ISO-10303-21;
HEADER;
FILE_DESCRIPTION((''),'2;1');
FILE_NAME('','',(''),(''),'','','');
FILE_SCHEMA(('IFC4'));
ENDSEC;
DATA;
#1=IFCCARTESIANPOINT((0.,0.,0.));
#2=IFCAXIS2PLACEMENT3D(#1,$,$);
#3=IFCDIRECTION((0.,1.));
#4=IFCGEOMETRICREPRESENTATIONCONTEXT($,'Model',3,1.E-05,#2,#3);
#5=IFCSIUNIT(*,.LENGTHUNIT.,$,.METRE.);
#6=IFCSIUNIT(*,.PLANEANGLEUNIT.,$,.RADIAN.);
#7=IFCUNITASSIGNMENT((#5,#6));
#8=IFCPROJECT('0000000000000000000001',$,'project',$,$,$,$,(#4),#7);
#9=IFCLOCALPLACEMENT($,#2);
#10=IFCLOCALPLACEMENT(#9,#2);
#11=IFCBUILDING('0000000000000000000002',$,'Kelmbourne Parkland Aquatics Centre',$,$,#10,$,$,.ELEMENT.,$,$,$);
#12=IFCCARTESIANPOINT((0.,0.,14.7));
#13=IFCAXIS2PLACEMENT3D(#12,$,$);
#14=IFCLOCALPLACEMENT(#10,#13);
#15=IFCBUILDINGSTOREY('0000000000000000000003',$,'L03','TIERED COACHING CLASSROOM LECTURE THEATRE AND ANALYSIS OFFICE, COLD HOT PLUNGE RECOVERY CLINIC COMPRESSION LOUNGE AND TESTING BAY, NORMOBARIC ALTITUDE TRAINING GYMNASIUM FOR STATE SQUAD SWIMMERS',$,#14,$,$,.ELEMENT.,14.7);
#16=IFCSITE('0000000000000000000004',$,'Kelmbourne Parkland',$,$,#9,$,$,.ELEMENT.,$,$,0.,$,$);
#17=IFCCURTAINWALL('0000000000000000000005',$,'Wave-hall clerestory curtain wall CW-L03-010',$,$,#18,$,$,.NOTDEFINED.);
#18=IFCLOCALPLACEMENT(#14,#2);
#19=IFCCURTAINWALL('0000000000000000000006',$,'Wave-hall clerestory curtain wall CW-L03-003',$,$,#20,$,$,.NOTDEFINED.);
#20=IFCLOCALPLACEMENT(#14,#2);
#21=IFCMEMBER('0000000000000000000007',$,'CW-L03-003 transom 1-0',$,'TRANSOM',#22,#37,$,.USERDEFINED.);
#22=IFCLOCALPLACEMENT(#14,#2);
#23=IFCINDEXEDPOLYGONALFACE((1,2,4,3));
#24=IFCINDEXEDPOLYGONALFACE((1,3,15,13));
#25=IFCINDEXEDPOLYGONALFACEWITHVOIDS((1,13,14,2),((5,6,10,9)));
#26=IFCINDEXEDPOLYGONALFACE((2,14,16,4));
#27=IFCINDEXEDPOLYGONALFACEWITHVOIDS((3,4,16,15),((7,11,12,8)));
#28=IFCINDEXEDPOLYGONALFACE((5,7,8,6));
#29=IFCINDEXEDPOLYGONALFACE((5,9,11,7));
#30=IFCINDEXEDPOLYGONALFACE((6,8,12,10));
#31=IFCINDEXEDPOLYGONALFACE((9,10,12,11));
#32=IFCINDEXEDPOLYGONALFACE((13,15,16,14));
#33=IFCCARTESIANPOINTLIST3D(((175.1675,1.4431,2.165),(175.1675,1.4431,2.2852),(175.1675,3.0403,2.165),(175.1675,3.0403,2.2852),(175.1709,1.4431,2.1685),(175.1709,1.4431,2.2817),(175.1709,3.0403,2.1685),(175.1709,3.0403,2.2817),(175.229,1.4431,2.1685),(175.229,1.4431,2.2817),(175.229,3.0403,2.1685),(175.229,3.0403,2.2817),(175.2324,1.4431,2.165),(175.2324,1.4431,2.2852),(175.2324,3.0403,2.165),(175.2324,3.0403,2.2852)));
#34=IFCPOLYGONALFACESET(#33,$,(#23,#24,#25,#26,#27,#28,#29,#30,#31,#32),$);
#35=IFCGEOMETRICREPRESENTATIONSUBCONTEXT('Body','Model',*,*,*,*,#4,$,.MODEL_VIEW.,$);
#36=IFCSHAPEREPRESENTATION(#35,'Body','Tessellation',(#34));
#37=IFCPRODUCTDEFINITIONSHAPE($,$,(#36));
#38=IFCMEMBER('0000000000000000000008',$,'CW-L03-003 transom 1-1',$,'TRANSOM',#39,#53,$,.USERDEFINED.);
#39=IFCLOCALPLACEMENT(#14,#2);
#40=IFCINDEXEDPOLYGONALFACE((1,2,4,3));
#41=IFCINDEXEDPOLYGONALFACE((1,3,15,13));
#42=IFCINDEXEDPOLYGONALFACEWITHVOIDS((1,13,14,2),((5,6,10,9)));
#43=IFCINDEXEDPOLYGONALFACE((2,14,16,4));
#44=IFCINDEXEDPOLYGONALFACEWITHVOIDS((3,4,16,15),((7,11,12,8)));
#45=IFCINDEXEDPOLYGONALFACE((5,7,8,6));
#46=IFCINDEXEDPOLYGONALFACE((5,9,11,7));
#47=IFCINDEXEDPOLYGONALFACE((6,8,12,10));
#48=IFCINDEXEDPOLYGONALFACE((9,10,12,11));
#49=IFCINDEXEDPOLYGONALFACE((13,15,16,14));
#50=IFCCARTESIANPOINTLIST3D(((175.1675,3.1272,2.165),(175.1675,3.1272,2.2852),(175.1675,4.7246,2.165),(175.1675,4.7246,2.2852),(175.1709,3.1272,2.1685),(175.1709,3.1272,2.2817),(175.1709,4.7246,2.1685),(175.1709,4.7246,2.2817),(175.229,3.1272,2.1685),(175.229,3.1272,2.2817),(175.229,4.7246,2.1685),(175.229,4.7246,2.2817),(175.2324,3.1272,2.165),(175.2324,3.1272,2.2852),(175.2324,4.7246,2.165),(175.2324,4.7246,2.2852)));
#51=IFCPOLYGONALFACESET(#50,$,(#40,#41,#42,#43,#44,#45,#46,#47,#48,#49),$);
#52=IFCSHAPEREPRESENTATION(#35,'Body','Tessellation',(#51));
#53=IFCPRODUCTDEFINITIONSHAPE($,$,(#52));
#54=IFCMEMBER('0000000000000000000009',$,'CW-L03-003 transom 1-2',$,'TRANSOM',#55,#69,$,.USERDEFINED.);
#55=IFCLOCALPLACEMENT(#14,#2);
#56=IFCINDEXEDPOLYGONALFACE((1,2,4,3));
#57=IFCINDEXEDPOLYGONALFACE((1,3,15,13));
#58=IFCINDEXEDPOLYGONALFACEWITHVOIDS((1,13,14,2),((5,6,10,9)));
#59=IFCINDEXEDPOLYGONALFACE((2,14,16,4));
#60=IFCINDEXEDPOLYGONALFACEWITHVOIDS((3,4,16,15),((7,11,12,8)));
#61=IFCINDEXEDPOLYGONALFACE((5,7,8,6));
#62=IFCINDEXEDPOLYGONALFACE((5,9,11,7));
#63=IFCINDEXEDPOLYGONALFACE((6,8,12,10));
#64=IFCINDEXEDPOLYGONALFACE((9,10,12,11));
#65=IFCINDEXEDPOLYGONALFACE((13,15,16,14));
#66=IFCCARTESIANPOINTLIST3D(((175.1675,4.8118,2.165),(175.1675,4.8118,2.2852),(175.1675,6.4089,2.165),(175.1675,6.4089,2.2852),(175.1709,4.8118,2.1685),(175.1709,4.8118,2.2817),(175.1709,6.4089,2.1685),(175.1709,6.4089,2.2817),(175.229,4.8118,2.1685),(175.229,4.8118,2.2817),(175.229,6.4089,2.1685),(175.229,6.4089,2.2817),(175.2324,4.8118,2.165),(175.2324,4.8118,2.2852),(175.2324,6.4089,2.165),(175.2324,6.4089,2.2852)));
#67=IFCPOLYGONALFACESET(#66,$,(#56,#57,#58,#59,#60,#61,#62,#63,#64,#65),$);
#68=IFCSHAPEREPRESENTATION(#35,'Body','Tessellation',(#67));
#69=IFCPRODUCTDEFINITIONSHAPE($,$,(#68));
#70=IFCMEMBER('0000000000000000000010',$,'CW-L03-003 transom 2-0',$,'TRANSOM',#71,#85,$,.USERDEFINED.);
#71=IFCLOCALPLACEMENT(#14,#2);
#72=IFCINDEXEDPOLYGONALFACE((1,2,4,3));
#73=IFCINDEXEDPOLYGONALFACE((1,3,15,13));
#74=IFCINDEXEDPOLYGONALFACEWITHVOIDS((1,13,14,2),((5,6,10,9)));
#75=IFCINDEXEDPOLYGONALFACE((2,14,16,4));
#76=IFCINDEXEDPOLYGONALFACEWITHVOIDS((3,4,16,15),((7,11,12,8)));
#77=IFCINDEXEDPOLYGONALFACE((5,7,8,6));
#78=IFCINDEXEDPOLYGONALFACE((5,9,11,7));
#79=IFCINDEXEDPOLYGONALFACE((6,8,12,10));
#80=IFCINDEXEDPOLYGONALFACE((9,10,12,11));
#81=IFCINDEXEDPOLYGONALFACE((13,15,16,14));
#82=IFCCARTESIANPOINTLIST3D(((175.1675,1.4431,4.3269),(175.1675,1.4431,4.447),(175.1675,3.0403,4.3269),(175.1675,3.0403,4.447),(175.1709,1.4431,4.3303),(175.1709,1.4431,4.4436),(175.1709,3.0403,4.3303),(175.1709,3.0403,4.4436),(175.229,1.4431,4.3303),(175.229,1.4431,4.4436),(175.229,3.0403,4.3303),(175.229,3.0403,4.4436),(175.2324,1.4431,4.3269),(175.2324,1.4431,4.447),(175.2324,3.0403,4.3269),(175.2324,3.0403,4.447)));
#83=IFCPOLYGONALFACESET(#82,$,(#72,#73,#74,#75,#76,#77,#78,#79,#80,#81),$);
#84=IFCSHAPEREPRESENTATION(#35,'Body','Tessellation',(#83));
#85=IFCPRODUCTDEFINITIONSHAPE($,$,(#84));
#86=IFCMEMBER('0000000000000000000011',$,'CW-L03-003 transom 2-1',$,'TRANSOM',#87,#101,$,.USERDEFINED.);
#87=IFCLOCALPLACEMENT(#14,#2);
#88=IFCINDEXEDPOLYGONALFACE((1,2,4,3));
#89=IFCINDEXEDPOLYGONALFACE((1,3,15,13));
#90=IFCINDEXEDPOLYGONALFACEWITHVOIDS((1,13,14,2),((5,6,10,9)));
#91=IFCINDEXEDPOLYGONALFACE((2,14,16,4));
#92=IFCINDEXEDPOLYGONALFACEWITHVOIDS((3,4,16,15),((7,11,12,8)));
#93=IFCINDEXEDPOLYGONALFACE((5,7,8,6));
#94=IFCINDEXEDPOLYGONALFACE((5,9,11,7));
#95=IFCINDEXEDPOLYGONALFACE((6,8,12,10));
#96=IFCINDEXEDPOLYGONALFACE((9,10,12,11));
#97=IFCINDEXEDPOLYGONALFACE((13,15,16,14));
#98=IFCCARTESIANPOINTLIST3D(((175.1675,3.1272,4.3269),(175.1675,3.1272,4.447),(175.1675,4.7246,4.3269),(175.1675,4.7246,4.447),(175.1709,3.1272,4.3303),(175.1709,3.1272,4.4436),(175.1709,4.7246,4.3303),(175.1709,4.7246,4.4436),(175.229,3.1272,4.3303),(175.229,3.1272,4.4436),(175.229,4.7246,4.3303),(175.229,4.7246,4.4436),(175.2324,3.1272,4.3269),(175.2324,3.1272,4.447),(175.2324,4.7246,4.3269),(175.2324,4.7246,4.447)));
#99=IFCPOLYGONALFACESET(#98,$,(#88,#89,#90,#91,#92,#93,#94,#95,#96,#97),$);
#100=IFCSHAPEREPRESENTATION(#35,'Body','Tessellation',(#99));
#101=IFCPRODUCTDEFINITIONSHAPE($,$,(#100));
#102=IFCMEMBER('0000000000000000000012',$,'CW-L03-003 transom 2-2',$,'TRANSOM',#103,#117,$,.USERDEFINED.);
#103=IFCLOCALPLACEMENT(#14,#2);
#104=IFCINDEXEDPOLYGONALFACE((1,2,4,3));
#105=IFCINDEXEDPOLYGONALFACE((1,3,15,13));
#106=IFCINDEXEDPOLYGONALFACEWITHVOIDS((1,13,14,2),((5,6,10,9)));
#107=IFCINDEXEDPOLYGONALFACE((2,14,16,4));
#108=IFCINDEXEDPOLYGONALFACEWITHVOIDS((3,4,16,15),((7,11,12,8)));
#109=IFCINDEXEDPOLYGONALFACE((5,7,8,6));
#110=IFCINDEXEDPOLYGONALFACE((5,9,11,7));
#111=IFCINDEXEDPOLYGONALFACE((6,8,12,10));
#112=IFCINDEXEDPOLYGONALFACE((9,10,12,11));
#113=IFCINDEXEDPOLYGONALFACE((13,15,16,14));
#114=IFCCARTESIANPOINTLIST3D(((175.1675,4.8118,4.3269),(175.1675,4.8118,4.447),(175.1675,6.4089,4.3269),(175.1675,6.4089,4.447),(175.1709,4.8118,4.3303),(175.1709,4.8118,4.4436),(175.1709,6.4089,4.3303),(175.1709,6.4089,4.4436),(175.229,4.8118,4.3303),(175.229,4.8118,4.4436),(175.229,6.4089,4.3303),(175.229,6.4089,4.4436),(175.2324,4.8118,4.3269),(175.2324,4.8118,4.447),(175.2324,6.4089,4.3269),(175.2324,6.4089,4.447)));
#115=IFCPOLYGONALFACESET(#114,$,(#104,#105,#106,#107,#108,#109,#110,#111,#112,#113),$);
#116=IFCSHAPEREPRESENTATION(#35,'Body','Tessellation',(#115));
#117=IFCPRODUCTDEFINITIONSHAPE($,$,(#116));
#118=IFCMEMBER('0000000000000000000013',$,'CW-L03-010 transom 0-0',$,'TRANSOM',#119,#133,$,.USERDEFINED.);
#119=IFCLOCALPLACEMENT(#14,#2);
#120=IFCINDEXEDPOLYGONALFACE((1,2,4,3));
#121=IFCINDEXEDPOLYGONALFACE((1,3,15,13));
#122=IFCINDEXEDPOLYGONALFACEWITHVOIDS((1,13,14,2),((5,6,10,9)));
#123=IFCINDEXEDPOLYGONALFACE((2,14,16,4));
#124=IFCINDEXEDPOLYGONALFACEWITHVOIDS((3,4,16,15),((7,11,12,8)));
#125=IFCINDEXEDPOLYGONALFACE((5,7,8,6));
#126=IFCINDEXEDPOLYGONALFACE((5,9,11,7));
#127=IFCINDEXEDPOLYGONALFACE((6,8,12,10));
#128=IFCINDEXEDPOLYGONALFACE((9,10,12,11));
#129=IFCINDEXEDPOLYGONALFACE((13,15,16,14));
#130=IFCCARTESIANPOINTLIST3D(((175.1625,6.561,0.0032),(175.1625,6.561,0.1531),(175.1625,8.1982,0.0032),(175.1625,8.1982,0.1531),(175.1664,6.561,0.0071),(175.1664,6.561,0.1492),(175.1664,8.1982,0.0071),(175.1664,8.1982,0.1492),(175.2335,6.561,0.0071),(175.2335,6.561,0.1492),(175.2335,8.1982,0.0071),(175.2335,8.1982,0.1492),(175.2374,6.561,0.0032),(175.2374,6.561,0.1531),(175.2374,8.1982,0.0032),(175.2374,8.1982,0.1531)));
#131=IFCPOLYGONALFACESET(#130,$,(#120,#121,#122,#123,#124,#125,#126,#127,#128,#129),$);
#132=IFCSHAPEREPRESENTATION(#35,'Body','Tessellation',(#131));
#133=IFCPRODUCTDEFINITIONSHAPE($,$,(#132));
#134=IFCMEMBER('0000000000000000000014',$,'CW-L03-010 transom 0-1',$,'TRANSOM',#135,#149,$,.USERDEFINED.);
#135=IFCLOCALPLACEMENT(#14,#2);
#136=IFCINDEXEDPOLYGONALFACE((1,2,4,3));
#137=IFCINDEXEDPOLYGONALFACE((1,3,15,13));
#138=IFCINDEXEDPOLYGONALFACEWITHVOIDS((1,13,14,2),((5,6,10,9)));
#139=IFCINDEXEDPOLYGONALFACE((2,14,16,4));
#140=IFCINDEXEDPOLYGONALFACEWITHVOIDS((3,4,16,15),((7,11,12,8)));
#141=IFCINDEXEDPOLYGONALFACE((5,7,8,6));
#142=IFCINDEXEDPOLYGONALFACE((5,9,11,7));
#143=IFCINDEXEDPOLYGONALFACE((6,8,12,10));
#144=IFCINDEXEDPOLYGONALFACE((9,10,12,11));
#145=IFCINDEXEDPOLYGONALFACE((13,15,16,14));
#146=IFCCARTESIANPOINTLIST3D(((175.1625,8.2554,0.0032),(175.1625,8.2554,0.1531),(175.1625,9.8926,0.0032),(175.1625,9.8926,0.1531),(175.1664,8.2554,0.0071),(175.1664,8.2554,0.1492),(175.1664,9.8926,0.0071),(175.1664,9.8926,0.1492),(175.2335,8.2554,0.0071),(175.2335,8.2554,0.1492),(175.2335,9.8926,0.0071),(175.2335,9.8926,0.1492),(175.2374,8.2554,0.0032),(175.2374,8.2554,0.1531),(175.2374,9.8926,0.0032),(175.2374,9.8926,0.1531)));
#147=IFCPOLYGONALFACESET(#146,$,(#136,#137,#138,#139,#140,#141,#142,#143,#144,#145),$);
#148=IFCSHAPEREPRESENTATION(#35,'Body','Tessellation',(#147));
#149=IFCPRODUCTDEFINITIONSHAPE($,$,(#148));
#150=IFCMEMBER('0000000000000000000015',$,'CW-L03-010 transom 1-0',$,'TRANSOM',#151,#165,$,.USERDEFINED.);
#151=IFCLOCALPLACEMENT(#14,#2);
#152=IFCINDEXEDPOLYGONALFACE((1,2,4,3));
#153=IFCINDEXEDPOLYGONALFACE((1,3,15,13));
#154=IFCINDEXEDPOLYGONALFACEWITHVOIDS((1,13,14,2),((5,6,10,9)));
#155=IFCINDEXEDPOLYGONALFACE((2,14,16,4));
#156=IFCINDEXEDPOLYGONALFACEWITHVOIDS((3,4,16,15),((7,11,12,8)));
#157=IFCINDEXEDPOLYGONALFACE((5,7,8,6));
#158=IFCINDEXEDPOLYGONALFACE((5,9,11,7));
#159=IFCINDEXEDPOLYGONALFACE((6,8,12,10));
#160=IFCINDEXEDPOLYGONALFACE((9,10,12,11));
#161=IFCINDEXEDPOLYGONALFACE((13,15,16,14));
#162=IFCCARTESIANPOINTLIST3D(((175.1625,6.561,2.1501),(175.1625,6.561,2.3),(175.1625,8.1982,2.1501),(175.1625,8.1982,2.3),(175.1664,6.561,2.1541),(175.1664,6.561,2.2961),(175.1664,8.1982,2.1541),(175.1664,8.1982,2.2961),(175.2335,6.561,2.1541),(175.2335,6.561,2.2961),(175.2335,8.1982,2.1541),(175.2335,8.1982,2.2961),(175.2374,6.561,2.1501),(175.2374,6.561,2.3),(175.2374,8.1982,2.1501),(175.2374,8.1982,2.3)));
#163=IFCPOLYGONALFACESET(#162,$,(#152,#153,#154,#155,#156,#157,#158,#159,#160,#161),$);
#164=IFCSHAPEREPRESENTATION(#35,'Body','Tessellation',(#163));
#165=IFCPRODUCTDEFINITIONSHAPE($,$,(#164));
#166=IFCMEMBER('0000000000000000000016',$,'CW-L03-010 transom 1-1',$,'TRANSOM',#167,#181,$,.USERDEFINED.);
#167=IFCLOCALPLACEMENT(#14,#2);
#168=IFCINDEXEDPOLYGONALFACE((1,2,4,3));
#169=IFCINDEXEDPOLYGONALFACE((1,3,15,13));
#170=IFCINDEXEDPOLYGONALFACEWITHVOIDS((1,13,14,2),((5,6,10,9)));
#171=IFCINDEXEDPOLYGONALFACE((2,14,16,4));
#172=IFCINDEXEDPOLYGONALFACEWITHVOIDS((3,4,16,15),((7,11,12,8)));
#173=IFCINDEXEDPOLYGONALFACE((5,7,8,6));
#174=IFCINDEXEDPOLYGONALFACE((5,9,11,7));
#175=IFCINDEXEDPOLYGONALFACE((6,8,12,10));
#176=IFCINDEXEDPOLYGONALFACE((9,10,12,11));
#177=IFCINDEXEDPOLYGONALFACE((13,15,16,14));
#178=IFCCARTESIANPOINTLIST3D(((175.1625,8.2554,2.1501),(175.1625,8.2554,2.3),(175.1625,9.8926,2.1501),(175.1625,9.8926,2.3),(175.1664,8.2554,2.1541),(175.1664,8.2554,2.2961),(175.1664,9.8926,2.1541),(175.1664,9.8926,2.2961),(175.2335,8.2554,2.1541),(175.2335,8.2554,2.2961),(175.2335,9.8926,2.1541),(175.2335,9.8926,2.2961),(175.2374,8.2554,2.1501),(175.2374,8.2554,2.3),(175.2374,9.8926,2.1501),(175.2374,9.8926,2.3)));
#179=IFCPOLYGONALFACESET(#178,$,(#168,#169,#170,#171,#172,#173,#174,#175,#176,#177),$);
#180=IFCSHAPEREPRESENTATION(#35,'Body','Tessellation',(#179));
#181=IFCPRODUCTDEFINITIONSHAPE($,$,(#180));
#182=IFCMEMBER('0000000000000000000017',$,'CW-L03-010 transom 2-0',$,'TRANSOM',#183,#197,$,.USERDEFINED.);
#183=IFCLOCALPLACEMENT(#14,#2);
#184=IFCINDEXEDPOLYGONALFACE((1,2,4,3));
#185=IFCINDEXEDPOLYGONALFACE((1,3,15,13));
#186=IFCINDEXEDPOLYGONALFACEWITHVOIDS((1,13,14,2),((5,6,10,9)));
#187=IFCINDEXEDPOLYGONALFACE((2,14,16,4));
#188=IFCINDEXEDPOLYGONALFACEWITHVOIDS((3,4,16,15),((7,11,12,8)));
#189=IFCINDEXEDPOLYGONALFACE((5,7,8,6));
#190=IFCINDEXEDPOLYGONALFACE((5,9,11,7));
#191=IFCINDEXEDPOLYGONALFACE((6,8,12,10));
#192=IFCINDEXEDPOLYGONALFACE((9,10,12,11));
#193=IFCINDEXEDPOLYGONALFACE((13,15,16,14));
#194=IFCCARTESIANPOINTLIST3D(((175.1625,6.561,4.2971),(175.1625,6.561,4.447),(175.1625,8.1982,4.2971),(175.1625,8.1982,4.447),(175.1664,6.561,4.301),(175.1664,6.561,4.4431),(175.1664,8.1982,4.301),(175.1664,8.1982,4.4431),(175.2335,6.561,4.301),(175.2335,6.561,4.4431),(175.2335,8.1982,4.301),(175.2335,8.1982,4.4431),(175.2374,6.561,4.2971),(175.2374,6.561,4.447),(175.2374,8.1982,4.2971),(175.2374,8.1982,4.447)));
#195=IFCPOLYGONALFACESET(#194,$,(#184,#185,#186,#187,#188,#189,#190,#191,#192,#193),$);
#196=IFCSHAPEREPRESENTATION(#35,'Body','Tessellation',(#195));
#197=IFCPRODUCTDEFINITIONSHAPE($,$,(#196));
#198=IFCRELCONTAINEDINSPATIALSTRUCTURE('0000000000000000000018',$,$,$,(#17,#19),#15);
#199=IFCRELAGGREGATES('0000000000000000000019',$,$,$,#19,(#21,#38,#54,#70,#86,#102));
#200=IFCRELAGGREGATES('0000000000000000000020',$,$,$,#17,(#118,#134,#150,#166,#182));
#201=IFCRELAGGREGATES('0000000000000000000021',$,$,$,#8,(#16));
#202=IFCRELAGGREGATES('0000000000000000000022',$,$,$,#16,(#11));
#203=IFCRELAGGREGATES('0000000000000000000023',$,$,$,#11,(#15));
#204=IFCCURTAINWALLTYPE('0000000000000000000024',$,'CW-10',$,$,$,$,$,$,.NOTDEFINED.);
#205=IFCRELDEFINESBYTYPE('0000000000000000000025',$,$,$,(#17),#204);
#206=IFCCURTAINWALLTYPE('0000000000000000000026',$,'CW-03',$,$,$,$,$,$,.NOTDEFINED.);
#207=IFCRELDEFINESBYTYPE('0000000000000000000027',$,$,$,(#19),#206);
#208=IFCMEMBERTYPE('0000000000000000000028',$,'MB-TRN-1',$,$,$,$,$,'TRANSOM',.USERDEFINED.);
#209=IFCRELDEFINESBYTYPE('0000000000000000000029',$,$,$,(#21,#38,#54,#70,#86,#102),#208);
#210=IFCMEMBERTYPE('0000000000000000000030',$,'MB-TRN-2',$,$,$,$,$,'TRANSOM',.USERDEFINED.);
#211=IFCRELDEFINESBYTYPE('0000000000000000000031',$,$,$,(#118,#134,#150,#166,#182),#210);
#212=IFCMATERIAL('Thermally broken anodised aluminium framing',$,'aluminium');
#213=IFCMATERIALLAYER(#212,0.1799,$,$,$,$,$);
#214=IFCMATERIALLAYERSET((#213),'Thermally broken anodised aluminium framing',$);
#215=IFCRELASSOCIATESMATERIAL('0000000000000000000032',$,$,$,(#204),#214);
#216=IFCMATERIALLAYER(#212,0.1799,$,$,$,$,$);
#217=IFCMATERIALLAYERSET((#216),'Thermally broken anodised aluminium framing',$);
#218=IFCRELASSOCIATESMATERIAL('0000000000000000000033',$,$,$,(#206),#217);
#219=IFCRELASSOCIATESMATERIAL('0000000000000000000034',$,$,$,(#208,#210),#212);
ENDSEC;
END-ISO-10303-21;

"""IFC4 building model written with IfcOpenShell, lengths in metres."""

from ifc_helpers import new_model, si_unit, direction, frame, origin, origin_2d, place, context, subcontext, project, spatial, hollow_rectangle, extrude, material, layer, layer_set, material_profile, profile_set, type_object, element, aggregate, save


model = new_model("IFC4")

# Units and contexts
model_context = context("Model", 3, precision=1e-05, world=origin(), true_north=direction((0.0, 1.0)))
body_context = subcontext(model_context, "Body", "Model", "MODEL_VIEW")
ifc_project = project(units=[si_unit("LENGTHUNIT", "METRE"), si_unit("PLANEANGLEUNIT", "RADIAN")], contexts=[model_context])

# Site, building, storey
site_placement = place(None, origin())
site = spatial("IfcSite", under=ifc_project, at=site_placement, Name="Kelmbourne Parkland", CompositionType="ELEMENT", RefElevation=0.0)
building_placement = place(site_placement, origin())
building = spatial("IfcBuilding", under=site, at=building_placement, Name="Kelmbourne Parkland Aquatics Centre", CompositionType="ELEMENT")
storey_placement = place(building_placement, frame((0.0, 0.0, 14.7)))
storey = spatial("IfcBuildingStorey", under=building, at=storey_placement, Name="L03", Description="TIERED COACHING CLASSROOM LECTURE THEATRE AND ANALYSIS OFFICE, COLD HOT PLUNGE RECOVERY CLINIC COMPRESSION LOUNGE AND TESTING BAY, NORMOBARIC ALTITUDE TRAINING GYMNASIUM FOR STATE SQUAD SWIMMERS", CompositionType="ELEMENT", Elevation=14.7)

# Curtain walls
ifc_material_1 = material(Name="Thermally broken anodised aluminium framing", Category="aluminium")
ifc_layer_1 = layer(ifc_material_1, 0.1799)
ifc_layer_set_1 = layer_set([ifc_layer_1], Name="Thermally broken anodised aluminium framing")
curtain_wall_type_1 = type_object("IfcCurtainWallType", Name="CW-10", PredefinedType="NOTDEFINED", material=ifc_layer_set_1)
curtain_wall_1_placement = place(storey_placement, origin())
curtain_wall_1 = element("IfcCurtainWall", 1, at=curtain_wall_1_placement, inside=storey, type_object=curtain_wall_type_1, Name="Wave-hall clerestory curtain wall CW-L03-010", PredefinedType="NOTDEFINED")
ifc_layer_2 = layer(ifc_material_1, 0.1799)
ifc_layer_set_2 = layer_set([ifc_layer_2], Name="Thermally broken anodised aluminium framing")
curtain_wall_type_2 = type_object("IfcCurtainWallType", Name="CW-03", PredefinedType="NOTDEFINED", material=ifc_layer_set_2)
curtain_wall_2_placement = place(storey_placement, origin())
curtain_wall_2 = element("IfcCurtainWall", 2, at=curtain_wall_2_placement, inside=storey, type_object=curtain_wall_type_2, Name="Wave-hall clerestory curtain wall CW-L03-003", PredefinedType="NOTDEFINED")

# Members
ifc_material_profile_1 = material_profile(ifc_material_1, hollow_rectangle(XDim=0.0649, YDim=0.1201, WallThickness=0.0034, at=origin_2d()), Name="CW-T 65x120")
ifc_profile_set_1 = profile_set([ifc_material_profile_1], Name="Thermally broken anodised aluminium framing")
member_type_1 = type_object("IfcMemberType", Name="MB-TRN-1", ElementType="TRANSOM", PredefinedType="USERDEFINED", material=ifc_profile_set_1)
member_1_placement = place(storey_placement, frame((175.2, 1.4431, 2.2251), z_axis=(0.0, 1.0, 0.0), x_axis=(-1.0, 0.0, 0.0)))
member_1 = element("IfcMember", 3, at=member_1_placement, type_object=member_type_1, Name="CW-L03-003 transom 1-0", ObjectType="TRANSOM", PredefinedType="USERDEFINED", context=body_context, shape_type="SweptSolid", body=[
    extrude(hollow_rectangle(XDim=0.0649, YDim=0.1201, WallThickness=0.0034, at=origin_2d()), origin(), (0.0, 0.0, 1.0), 1.5972),
])
member_2_placement = place(storey_placement, frame((175.2, 3.1272, 2.2251), z_axis=(0.0, 1.0, 0.0), x_axis=(-1.0, 0.0, 0.0)))
member_2 = element("IfcMember", 4, at=member_2_placement, type_object=member_type_1, Name="CW-L03-003 transom 1-1", ObjectType="TRANSOM", PredefinedType="USERDEFINED", context=body_context, shape_type="SweptSolid", body=[
    extrude(hollow_rectangle(XDim=0.0649, YDim=0.1201, WallThickness=0.0034, at=origin_2d()), origin(), (0.0, 0.0, 1.0), 1.5974),
])
member_3_placement = place(storey_placement, frame((175.2, 4.8118, 2.2251), z_axis=(0.0, 1.0, 0.0), x_axis=(-1.0, 0.0, 0.0)))
member_3 = element("IfcMember", 5, at=member_3_placement, type_object=member_type_1, Name="CW-L03-003 transom 1-2", ObjectType="TRANSOM", PredefinedType="USERDEFINED", context=body_context, shape_type="SweptSolid", body=[
    extrude(hollow_rectangle(XDim=0.0649, YDim=0.1201, WallThickness=0.0034, at=origin_2d()), origin(), (0.0, 0.0, 1.0), 1.5972),
])
member_4_placement = place(storey_placement, frame((175.2, 1.4431, 4.387), z_axis=(0.0, 1.0, 0.0), x_axis=(-1.0, 0.0, 0.0)))
member_4 = element("IfcMember", 6, at=member_4_placement, type_object=member_type_1, Name="CW-L03-003 transom 2-0", ObjectType="TRANSOM", PredefinedType="USERDEFINED", context=body_context, shape_type="SweptSolid", body=[
    extrude(hollow_rectangle(XDim=0.0649, YDim=0.1201, WallThickness=0.0034, at=origin_2d()), origin(), (0.0, 0.0, 1.0), 1.5972),
])
member_5_placement = place(storey_placement, frame((175.2, 3.1272, 4.387), z_axis=(0.0, 1.0, 0.0), x_axis=(-1.0, 0.0, 0.0)))
member_5 = element("IfcMember", 7, at=member_5_placement, type_object=member_type_1, Name="CW-L03-003 transom 2-1", ObjectType="TRANSOM", PredefinedType="USERDEFINED", context=body_context, shape_type="SweptSolid", body=[
    extrude(hollow_rectangle(XDim=0.0649, YDim=0.1201, WallThickness=0.0034, at=origin_2d()), origin(), (0.0, 0.0, 1.0), 1.5974),
])
member_6_placement = place(storey_placement, frame((175.2, 4.8118, 4.387), z_axis=(0.0, 1.0, 0.0), x_axis=(-1.0, 0.0, 0.0)))
member_6 = element("IfcMember", 8, at=member_6_placement, type_object=member_type_1, Name="CW-L03-003 transom 2-2", ObjectType="TRANSOM", PredefinedType="USERDEFINED", context=body_context, shape_type="SweptSolid", body=[
    extrude(hollow_rectangle(XDim=0.0649, YDim=0.1201, WallThickness=0.0034, at=origin_2d()), origin(), (0.0, 0.0, 1.0), 1.5972),
])
ifc_material_profile_2 = material_profile(ifc_material_1, hollow_rectangle(XDim=0.075, YDim=0.1499, WallThickness=0.0039, at=origin_2d()), Name="CW-T 75x150")
ifc_profile_set_2 = profile_set([ifc_material_profile_2], Name="Thermally broken anodised aluminium framing")
member_type_2 = type_object("IfcMemberType", Name="MB-TRN-2", ElementType="TRANSOM", PredefinedType="USERDEFINED", material=ifc_profile_set_2)
member_7_placement = place(storey_placement, frame((175.2, 6.561, 0.0781), z_axis=(0.0, 1.0, 0.0), x_axis=(-1.0, 0.0, 0.0)))
member_7 = element("IfcMember", 9, at=member_7_placement, type_object=member_type_2, Name="CW-L03-010 transom 0-0", ObjectType="TRANSOM", PredefinedType="USERDEFINED", context=body_context, shape_type="SweptSolid", body=[
    extrude(hollow_rectangle(XDim=0.075, YDim=0.1499, WallThickness=0.0039, at=origin_2d()), origin(), (0.0, 0.0, 1.0), 1.6372),
])
member_8_placement = place(storey_placement, frame((175.2, 8.2554, 0.0781), z_axis=(0.0, 1.0, 0.0), x_axis=(-1.0, 0.0, 0.0)))
member_8 = element("IfcMember", 10, at=member_8_placement, type_object=member_type_2, Name="CW-L03-010 transom 0-1", ObjectType="TRANSOM", PredefinedType="USERDEFINED", context=body_context, shape_type="SweptSolid", body=[
    extrude(hollow_rectangle(XDim=0.075, YDim=0.1499, WallThickness=0.0039, at=origin_2d()), origin(), (0.0, 0.0, 1.0), 1.6372),
])
member_9_placement = place(storey_placement, frame((175.2, 6.561, 2.2251), z_axis=(0.0, 1.0, 0.0), x_axis=(-1.0, 0.0, 0.0)))
member_9 = element("IfcMember", 11, at=member_9_placement, type_object=member_type_2, Name="CW-L03-010 transom 1-0", ObjectType="TRANSOM", PredefinedType="USERDEFINED", context=body_context, shape_type="SweptSolid", body=[
    extrude(hollow_rectangle(XDim=0.075, YDim=0.1499, WallThickness=0.0039, at=origin_2d()), origin(), (0.0, 0.0, 1.0), 1.6372),
])
member_10_placement = place(storey_placement, frame((175.2, 8.2554, 2.2251), z_axis=(0.0, 1.0, 0.0), x_axis=(-1.0, 0.0, 0.0)))
member_10 = element("IfcMember", 12, at=member_10_placement, type_object=member_type_2, Name="CW-L03-010 transom 1-1", ObjectType="TRANSOM", PredefinedType="USERDEFINED", context=body_context, shape_type="SweptSolid", body=[
    extrude(hollow_rectangle(XDim=0.075, YDim=0.1499, WallThickness=0.0039, at=origin_2d()), origin(), (0.0, 0.0, 1.0), 1.6372),
])
member_11_placement = place(storey_placement, frame((175.2, 6.561, 4.3721), z_axis=(0.0, 1.0, 0.0), x_axis=(-1.0, 0.0, 0.0)))
member_11 = element("IfcMember", 13, at=member_11_placement, type_object=member_type_2, Name="CW-L03-010 transom 2-0", ObjectType="TRANSOM", PredefinedType="USERDEFINED", context=body_context, shape_type="SweptSolid", body=[
    extrude(hollow_rectangle(XDim=0.075, YDim=0.1499, WallThickness=0.0039, at=origin_2d()), origin(), (0.0, 0.0, 1.0), 1.6372),
])

aggregate(curtain_wall_2, [member_1, member_2, member_3, member_4, member_5, member_6])
aggregate(curtain_wall_1, [member_7, member_8, member_9, member_10, member_11])

save(model, "model.ifc")
